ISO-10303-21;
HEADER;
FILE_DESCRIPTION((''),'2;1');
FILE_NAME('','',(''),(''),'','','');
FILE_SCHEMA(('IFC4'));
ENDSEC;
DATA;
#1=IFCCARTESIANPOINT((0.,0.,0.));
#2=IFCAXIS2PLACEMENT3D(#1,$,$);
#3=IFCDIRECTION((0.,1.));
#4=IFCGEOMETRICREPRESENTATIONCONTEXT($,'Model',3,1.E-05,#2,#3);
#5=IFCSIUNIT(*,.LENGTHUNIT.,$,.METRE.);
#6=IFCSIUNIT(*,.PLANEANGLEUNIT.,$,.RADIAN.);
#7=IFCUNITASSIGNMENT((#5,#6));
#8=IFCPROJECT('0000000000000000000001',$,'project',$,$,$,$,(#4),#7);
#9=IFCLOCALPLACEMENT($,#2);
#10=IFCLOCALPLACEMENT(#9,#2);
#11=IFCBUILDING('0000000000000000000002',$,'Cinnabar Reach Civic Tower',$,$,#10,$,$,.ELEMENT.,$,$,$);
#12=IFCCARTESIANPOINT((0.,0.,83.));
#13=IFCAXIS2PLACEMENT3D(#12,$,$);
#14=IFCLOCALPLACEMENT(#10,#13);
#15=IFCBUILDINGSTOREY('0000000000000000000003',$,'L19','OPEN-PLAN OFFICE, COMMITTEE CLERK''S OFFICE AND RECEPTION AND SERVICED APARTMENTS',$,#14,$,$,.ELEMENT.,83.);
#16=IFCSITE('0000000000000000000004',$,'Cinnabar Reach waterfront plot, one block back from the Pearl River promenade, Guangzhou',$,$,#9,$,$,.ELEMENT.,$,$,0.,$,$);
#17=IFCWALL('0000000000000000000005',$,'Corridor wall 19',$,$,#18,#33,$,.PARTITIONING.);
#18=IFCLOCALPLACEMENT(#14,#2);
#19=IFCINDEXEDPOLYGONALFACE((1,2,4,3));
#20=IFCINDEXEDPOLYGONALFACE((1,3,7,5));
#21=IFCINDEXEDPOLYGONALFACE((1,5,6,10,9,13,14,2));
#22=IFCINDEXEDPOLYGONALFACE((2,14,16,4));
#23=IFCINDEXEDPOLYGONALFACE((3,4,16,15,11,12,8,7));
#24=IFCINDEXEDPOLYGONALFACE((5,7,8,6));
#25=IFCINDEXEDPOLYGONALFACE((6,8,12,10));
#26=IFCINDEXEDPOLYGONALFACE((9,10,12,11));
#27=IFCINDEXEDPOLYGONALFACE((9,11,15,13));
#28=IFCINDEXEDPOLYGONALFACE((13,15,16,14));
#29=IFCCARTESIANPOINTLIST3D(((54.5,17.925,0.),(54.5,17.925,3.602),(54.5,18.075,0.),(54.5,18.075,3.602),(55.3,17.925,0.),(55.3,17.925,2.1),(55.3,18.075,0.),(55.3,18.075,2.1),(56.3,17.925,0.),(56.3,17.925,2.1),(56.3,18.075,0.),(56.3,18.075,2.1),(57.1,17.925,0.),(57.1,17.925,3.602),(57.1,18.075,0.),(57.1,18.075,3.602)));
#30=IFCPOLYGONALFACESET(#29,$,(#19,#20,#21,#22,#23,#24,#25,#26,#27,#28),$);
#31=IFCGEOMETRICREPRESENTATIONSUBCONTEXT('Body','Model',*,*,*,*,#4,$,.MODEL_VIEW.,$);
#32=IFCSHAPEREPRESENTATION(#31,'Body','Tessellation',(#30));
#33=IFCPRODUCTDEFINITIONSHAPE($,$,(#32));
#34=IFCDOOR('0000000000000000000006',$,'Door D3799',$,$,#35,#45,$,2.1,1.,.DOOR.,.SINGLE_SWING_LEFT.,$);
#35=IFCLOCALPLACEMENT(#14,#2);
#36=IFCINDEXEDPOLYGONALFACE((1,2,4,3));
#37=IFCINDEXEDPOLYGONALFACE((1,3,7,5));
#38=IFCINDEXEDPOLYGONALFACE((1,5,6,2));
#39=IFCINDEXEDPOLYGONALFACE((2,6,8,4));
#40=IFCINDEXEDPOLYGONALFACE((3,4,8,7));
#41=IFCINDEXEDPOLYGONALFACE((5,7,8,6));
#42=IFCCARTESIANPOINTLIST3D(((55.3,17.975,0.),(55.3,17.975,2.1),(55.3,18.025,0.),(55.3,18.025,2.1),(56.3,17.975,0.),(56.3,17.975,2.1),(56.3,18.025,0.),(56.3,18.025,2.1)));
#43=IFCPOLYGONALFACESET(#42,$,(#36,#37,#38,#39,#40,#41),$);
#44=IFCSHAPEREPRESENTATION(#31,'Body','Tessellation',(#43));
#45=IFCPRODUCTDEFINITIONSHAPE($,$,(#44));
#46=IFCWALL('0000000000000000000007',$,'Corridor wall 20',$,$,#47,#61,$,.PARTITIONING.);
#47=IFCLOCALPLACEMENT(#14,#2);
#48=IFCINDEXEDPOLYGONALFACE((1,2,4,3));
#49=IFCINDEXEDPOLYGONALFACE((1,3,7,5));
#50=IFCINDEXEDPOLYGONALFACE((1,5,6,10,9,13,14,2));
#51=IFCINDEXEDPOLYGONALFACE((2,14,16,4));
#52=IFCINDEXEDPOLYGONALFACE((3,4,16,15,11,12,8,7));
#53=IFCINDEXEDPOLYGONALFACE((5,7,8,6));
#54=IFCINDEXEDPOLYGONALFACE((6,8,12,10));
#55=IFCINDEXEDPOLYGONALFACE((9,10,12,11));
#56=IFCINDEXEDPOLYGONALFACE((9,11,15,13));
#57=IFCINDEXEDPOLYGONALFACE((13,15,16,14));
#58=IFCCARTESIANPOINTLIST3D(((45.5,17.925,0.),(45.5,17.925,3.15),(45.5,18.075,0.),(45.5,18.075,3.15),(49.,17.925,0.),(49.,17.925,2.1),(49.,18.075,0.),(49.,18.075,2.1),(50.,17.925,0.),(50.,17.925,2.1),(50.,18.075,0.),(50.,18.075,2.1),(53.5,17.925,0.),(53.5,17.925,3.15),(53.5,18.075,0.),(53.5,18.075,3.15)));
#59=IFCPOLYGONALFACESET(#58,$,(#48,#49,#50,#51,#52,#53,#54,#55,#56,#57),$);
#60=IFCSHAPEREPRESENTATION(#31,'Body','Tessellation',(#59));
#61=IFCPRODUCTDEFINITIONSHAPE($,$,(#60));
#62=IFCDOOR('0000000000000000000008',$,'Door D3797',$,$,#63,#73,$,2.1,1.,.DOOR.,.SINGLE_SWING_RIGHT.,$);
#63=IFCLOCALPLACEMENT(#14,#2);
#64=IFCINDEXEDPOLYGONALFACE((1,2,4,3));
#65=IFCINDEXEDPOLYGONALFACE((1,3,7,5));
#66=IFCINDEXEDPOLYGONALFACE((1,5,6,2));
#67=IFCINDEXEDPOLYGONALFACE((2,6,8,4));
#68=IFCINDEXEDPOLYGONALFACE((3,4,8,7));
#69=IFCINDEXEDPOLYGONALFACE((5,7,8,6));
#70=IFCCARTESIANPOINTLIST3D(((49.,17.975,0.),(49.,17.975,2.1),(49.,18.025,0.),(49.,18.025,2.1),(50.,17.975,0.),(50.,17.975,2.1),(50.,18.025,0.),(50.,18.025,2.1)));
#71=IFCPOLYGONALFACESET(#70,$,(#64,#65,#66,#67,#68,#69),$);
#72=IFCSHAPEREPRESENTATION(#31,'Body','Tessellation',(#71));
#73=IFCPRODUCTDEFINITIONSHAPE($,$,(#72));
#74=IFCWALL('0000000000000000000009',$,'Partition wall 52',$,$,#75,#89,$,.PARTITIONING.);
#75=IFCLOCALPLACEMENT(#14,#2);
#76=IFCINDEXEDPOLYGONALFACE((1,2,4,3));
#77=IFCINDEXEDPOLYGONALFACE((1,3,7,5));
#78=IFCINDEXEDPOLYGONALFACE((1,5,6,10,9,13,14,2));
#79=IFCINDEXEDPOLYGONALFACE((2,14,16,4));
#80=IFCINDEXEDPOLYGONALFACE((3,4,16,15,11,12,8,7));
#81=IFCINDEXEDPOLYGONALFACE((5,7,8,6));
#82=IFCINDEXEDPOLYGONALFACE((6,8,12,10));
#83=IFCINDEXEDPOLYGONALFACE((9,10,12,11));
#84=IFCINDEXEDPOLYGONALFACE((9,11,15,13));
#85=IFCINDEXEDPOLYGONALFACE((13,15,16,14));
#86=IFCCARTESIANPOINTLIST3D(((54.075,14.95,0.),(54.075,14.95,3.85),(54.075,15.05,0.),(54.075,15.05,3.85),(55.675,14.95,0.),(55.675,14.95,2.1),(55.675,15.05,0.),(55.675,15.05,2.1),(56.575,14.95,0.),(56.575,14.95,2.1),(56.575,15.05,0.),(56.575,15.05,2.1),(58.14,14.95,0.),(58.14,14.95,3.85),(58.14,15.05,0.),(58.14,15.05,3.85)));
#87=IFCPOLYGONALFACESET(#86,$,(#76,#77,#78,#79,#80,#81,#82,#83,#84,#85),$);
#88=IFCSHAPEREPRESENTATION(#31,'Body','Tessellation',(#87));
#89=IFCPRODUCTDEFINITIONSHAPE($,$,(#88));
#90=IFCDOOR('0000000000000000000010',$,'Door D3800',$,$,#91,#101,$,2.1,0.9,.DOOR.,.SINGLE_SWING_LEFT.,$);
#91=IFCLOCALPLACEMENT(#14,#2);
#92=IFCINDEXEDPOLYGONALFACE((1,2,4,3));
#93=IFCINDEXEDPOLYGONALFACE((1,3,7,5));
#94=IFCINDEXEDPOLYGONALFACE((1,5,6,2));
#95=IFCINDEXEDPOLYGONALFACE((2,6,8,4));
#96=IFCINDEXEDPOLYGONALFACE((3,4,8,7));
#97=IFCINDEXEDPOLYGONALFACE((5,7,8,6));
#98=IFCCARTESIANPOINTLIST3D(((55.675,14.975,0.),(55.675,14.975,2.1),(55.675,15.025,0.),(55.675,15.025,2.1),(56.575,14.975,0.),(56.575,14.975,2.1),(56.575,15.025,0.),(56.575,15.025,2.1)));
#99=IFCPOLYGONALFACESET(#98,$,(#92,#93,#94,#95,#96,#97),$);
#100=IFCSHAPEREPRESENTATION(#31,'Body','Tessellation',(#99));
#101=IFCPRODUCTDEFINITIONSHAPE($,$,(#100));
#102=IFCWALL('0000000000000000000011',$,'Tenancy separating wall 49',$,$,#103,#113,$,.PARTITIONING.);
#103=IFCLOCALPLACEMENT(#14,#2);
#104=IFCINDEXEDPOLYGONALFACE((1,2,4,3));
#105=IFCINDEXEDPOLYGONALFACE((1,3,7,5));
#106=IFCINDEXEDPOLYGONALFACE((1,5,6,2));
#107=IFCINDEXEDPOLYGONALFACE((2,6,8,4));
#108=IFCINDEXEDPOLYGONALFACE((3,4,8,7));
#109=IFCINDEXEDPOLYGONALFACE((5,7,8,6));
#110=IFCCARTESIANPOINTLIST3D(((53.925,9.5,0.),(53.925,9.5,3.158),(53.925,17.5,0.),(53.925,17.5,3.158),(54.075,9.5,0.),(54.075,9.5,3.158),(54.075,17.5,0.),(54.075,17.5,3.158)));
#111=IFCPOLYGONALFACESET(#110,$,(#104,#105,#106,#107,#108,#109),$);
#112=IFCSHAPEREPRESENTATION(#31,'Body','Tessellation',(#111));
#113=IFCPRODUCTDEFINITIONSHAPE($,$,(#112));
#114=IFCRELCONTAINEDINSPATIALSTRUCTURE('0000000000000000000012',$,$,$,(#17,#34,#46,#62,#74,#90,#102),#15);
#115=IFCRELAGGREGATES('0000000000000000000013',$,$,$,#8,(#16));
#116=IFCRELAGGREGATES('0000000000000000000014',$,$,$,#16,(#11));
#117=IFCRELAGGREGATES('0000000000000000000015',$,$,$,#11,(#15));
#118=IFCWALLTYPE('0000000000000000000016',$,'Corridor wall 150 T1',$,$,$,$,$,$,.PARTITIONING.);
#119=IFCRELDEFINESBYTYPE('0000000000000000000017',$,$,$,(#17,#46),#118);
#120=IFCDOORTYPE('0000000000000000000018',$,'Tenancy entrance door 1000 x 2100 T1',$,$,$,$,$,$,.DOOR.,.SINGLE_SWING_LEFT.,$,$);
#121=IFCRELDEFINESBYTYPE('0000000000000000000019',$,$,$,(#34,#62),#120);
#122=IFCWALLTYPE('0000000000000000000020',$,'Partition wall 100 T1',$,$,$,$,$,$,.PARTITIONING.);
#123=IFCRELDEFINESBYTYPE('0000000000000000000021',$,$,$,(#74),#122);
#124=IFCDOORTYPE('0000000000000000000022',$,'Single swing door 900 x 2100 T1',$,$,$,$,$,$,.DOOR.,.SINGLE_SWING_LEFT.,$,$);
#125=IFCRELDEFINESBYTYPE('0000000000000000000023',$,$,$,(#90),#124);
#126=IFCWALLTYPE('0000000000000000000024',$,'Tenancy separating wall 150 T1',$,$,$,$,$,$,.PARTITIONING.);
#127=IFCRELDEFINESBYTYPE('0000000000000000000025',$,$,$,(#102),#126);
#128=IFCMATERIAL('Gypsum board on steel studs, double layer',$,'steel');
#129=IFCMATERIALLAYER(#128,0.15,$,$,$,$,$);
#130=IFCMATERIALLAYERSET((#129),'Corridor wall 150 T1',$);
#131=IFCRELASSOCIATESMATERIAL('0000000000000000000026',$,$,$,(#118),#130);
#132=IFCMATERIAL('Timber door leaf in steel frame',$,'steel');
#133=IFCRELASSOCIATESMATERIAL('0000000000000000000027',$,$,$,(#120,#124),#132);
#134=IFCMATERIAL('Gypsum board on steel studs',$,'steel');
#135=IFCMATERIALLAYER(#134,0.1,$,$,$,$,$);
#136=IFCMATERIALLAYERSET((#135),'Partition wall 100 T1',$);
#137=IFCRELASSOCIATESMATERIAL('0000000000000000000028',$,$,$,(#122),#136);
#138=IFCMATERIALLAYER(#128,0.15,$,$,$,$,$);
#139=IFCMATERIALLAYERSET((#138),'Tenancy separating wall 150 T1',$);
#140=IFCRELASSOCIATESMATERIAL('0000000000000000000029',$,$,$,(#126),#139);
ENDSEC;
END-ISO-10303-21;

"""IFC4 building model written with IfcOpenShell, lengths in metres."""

from ifc_helpers import new_model, si_unit, direction, frame, frame_2d, origin, place, context, subcontext, project, spatial, rectangle, extrude, material, layer, layer_set, type_object, element, fill, save


model = new_model("IFC4")

# Units and contexts
model_context = context("Model", 3, precision=1e-05, world=origin(), true_north=direction((0.0, 1.0)))
body_context = subcontext(model_context, "Body", "Model", "MODEL_VIEW")
ifc_project = project(units=[si_unit("LENGTHUNIT", "METRE"), si_unit("PLANEANGLEUNIT", "RADIAN")], contexts=[model_context])

# Site, building, storey
site_placement = place(None, origin())
site = spatial("IfcSite", under=ifc_project, at=site_placement, Name="Cinnabar Reach waterfront plot, one block back from the Pearl River promenade, Guangzhou", CompositionType="ELEMENT", RefElevation=0.0)
building_placement = place(site_placement, origin())
building = spatial("IfcBuilding", under=site, at=building_placement, Name="Cinnabar Reach Civic Tower", CompositionType="ELEMENT")
storey_placement = place(building_placement, frame((0.0, 0.0, 83.0)))
storey = spatial("IfcBuildingStorey", under=building, at=storey_placement, Name="L19", Description="OPEN-PLAN OFFICE, COMMITTEE CLERK'S OFFICE AND RECEPTION AND SERVICED APARTMENTS", CompositionType="ELEMENT", Elevation=83.0)

# Walls, openings, doors
ifc_material_1 = material(Name="Gypsum board on steel studs, double layer", Category="steel")
ifc_layer_1 = layer(ifc_material_1, 0.15)
ifc_layer_set_1 = layer_set([ifc_layer_1], Name="Corridor wall 150 T1")
wall_type_1 = type_object("IfcWallType", Name="Corridor wall 150 T1", PredefinedType="PARTITIONING", material=ifc_layer_set_1)
wall_1_placement = place(storey_placement, frame((54.5, 18.0, 0.0), z_axis=(0.0, 0.0, 1.0), x_axis=(1.0, 0.0, 0.0)))
wall_1 = element("IfcWall", 1, at=wall_1_placement, inside=storey, type_object=wall_type_1, Name="Corridor wall 19", PredefinedType="PARTITIONING", context=body_context, shape_type="SweptSolid", body=[
    extrude(rectangle(XDim=2.6, YDim=0.15, at=frame_2d((1.3, 0.0))), origin(), (0.0, 0.0, 1.0), 3.602),
])
opening_1_placement = place(wall_1_placement, frame((0.8, 0.0, 0.0)))
opening_1 = element("IfcOpeningElement", 2, at=opening_1_placement, cuts=wall_1, PredefinedType="OPENING", context=body_context, shape_type="SweptSolid", body=[
    extrude(rectangle(XDim=1.0, YDim=2.1, at=frame_2d((0.5, 1.05))), frame((0.0, 0.085, 0.0), z_axis=(0.0, -1.0, 0.0), x_axis=(1.0, 0.0, 0.0)), (0.0, 0.0, 1.0), 0.17),
])
ifc_material_2 = material(Name="Timber door leaf in steel frame", Category="steel")
door_type_1 = type_object("IfcDoorType", Name="Tenancy entrance door 1000 x 2100 T1", OperationType="SINGLE_SWING_LEFT", PredefinedType="DOOR", material=ifc_material_2)
door_1_placement = place(opening_1_placement, frame((1.0, 0.0, 0.0), z_axis=(0.0, 0.0, 1.0), x_axis=(-1.0, 0.0, 0.0)))
door_1 = element("IfcDoor", 3, at=door_1_placement, inside=storey, type_object=door_type_1, Name="Door D3799", OperationType="SINGLE_SWING_LEFT", OverallHeight=2.1, OverallWidth=1.0, PredefinedType="DOOR", context=body_context, shape_type="SweptSolid", body=[
    extrude(rectangle(XDim=1.0, YDim=2.1, at=frame_2d((0.5, 1.05))), frame((0.0, 0.025, 0.0), z_axis=(0.0, -1.0, 0.0), x_axis=(1.0, 0.0, 0.0)), (0.0, 0.0, 1.0), 0.05),
])
fill(opening_1, door_1)
wall_2_placement = place(storey_placement, frame((45.5, 18.0, 0.0), z_axis=(0.0, 0.0, 1.0), x_axis=(1.0, 0.0, 0.0)))
wall_2 = element("IfcWall", 4, at=wall_2_placement, inside=storey, type_object=wall_type_1, Name="Corridor wall 20", PredefinedType="PARTITIONING", context=body_context, shape_type="SweptSolid", body=[
    extrude(rectangle(XDim=8.0, YDim=0.15, at=frame_2d((4.0, 0.0))), origin(), (0.0, 0.0, 1.0), 3.15),
])
opening_2_placement = place(wall_2_placement, frame((3.5, 0.0, 0.0)))
opening_2 = element("IfcOpeningElement", 5, at=opening_2_placement, cuts=wall_2, PredefinedType="OPENING", context=body_context, shape_type="SweptSolid", body=[
    extrude(rectangle(XDim=1.0, YDim=2.1, at=frame_2d((0.5, 1.05))), frame((0.0, 0.085, 0.0), z_axis=(0.0, -1.0, 0.0), x_axis=(1.0, 0.0, 0.0)), (0.0, 0.0, 1.0), 0.17),
])
door_2_placement = place(opening_2_placement, frame((1.0, 0.0, 0.0), z_axis=(0.0, 0.0, 1.0), x_axis=(-1.0, 0.0, 0.0)))
door_2 = element("IfcDoor", 6, at=door_2_placement, inside=storey, type_object=door_type_1, Name="Door D3797", OperationType="SINGLE_SWING_RIGHT", OverallHeight=2.1, OverallWidth=1.0, PredefinedType="DOOR", context=body_context, shape_type="SweptSolid", body=[
    extrude(rectangle(XDim=1.0, YDim=2.1, at=frame_2d((0.5, 1.05))), frame((0.0, 0.025, 0.0), z_axis=(0.0, -1.0, 0.0), x_axis=(1.0, 0.0, 0.0)), (0.0, 0.0, 1.0), 0.05),
])
fill(opening_2, door_2)
ifc_material_3 = material(Name="Gypsum board on steel studs", Category="steel")
ifc_layer_2 = layer(ifc_material_3, 0.1)
ifc_layer_set_2 = layer_set([ifc_layer_2], Name="Partition wall 100 T1")
wall_type_2 = type_object("IfcWallType", Name="Partition wall 100 T1", PredefinedType="PARTITIONING", material=ifc_layer_set_2)
wall_3_placement = place(storey_placement, frame((54.075, 15.0, 0.0), z_axis=(0.0, 0.0, 1.0), x_axis=(1.0, 0.0, 0.0)))
wall_3 = element("IfcWall", 7, at=wall_3_placement, inside=storey, type_object=wall_type_2, Name="Partition wall 52", PredefinedType="PARTITIONING", context=body_context, shape_type="SweptSolid", body=[
    extrude(rectangle(XDim=4.065, YDim=0.1, at=frame_2d((2.0325, 0.0))), origin(), (0.0, 0.0, 1.0), 3.85),
])
opening_3_placement = place(wall_3_placement, frame((1.6, 0.0, 0.0)))
opening_3 = element("IfcOpeningElement", 8, at=opening_3_placement, cuts=wall_3, PredefinedType="OPENING", context=body_context, shape_type="SweptSolid", body=[
    extrude(rectangle(XDim=0.9, YDim=2.1, at=frame_2d((0.45, 1.05))), frame((0.0, 0.06, 0.0), z_axis=(0.0, -1.0, 0.0), x_axis=(1.0, 0.0, 0.0)), (0.0, 0.0, 1.0), 0.12),
])
door_type_2 = type_object("IfcDoorType", Name="Single swing door 900 x 2100 T1", OperationType="SINGLE_SWING_LEFT", PredefinedType="DOOR", material=ifc_material_2)
door_3_placement = place(opening_3_placement, origin())
door_3 = element("IfcDoor", 9, at=door_3_placement, inside=storey, type_object=door_type_2, Name="Door D3800", OperationType="SINGLE_SWING_LEFT", OverallHeight=2.1, OverallWidth=0.9, PredefinedType="DOOR", context=body_context, shape_type="SweptSolid", body=[
    extrude(rectangle(XDim=0.9, YDim=2.1, at=frame_2d((0.45, 1.05))), frame((0.0, 0.025, 0.0), z_axis=(0.0, -1.0, 0.0), x_axis=(1.0, 0.0, 0.0)), (0.0, 0.0, 1.0), 0.05),
])
fill(opening_3, door_3)

# Wall
ifc_layer_3 = layer(ifc_material_1, 0.15)
ifc_layer_set_3 = layer_set([ifc_layer_3], Name="Tenancy separating wall 150 T1")
wall_type_3 = type_object("IfcWallType", Name="Tenancy separating wall 150 T1", PredefinedType="PARTITIONING", material=ifc_layer_set_3)
wall_4_placement = place(storey_placement, frame((54.0, 9.5, 0.0), z_axis=(0.0, 0.0, 1.0), x_axis=(0.0, 1.0, 0.0)))
element("IfcWall", 10, at=wall_4_placement, inside=storey, type_object=wall_type_3, Name="Tenancy separating wall 49", PredefinedType="PARTITIONING", context=body_context, shape_type="SweptSolid", body=[
    extrude(rectangle(XDim=8.0, YDim=0.15, at=frame_2d((4.0, 0.0))), origin(), (0.0, 0.0, 1.0), 3.158),
])

save(model, "model.ifc")
